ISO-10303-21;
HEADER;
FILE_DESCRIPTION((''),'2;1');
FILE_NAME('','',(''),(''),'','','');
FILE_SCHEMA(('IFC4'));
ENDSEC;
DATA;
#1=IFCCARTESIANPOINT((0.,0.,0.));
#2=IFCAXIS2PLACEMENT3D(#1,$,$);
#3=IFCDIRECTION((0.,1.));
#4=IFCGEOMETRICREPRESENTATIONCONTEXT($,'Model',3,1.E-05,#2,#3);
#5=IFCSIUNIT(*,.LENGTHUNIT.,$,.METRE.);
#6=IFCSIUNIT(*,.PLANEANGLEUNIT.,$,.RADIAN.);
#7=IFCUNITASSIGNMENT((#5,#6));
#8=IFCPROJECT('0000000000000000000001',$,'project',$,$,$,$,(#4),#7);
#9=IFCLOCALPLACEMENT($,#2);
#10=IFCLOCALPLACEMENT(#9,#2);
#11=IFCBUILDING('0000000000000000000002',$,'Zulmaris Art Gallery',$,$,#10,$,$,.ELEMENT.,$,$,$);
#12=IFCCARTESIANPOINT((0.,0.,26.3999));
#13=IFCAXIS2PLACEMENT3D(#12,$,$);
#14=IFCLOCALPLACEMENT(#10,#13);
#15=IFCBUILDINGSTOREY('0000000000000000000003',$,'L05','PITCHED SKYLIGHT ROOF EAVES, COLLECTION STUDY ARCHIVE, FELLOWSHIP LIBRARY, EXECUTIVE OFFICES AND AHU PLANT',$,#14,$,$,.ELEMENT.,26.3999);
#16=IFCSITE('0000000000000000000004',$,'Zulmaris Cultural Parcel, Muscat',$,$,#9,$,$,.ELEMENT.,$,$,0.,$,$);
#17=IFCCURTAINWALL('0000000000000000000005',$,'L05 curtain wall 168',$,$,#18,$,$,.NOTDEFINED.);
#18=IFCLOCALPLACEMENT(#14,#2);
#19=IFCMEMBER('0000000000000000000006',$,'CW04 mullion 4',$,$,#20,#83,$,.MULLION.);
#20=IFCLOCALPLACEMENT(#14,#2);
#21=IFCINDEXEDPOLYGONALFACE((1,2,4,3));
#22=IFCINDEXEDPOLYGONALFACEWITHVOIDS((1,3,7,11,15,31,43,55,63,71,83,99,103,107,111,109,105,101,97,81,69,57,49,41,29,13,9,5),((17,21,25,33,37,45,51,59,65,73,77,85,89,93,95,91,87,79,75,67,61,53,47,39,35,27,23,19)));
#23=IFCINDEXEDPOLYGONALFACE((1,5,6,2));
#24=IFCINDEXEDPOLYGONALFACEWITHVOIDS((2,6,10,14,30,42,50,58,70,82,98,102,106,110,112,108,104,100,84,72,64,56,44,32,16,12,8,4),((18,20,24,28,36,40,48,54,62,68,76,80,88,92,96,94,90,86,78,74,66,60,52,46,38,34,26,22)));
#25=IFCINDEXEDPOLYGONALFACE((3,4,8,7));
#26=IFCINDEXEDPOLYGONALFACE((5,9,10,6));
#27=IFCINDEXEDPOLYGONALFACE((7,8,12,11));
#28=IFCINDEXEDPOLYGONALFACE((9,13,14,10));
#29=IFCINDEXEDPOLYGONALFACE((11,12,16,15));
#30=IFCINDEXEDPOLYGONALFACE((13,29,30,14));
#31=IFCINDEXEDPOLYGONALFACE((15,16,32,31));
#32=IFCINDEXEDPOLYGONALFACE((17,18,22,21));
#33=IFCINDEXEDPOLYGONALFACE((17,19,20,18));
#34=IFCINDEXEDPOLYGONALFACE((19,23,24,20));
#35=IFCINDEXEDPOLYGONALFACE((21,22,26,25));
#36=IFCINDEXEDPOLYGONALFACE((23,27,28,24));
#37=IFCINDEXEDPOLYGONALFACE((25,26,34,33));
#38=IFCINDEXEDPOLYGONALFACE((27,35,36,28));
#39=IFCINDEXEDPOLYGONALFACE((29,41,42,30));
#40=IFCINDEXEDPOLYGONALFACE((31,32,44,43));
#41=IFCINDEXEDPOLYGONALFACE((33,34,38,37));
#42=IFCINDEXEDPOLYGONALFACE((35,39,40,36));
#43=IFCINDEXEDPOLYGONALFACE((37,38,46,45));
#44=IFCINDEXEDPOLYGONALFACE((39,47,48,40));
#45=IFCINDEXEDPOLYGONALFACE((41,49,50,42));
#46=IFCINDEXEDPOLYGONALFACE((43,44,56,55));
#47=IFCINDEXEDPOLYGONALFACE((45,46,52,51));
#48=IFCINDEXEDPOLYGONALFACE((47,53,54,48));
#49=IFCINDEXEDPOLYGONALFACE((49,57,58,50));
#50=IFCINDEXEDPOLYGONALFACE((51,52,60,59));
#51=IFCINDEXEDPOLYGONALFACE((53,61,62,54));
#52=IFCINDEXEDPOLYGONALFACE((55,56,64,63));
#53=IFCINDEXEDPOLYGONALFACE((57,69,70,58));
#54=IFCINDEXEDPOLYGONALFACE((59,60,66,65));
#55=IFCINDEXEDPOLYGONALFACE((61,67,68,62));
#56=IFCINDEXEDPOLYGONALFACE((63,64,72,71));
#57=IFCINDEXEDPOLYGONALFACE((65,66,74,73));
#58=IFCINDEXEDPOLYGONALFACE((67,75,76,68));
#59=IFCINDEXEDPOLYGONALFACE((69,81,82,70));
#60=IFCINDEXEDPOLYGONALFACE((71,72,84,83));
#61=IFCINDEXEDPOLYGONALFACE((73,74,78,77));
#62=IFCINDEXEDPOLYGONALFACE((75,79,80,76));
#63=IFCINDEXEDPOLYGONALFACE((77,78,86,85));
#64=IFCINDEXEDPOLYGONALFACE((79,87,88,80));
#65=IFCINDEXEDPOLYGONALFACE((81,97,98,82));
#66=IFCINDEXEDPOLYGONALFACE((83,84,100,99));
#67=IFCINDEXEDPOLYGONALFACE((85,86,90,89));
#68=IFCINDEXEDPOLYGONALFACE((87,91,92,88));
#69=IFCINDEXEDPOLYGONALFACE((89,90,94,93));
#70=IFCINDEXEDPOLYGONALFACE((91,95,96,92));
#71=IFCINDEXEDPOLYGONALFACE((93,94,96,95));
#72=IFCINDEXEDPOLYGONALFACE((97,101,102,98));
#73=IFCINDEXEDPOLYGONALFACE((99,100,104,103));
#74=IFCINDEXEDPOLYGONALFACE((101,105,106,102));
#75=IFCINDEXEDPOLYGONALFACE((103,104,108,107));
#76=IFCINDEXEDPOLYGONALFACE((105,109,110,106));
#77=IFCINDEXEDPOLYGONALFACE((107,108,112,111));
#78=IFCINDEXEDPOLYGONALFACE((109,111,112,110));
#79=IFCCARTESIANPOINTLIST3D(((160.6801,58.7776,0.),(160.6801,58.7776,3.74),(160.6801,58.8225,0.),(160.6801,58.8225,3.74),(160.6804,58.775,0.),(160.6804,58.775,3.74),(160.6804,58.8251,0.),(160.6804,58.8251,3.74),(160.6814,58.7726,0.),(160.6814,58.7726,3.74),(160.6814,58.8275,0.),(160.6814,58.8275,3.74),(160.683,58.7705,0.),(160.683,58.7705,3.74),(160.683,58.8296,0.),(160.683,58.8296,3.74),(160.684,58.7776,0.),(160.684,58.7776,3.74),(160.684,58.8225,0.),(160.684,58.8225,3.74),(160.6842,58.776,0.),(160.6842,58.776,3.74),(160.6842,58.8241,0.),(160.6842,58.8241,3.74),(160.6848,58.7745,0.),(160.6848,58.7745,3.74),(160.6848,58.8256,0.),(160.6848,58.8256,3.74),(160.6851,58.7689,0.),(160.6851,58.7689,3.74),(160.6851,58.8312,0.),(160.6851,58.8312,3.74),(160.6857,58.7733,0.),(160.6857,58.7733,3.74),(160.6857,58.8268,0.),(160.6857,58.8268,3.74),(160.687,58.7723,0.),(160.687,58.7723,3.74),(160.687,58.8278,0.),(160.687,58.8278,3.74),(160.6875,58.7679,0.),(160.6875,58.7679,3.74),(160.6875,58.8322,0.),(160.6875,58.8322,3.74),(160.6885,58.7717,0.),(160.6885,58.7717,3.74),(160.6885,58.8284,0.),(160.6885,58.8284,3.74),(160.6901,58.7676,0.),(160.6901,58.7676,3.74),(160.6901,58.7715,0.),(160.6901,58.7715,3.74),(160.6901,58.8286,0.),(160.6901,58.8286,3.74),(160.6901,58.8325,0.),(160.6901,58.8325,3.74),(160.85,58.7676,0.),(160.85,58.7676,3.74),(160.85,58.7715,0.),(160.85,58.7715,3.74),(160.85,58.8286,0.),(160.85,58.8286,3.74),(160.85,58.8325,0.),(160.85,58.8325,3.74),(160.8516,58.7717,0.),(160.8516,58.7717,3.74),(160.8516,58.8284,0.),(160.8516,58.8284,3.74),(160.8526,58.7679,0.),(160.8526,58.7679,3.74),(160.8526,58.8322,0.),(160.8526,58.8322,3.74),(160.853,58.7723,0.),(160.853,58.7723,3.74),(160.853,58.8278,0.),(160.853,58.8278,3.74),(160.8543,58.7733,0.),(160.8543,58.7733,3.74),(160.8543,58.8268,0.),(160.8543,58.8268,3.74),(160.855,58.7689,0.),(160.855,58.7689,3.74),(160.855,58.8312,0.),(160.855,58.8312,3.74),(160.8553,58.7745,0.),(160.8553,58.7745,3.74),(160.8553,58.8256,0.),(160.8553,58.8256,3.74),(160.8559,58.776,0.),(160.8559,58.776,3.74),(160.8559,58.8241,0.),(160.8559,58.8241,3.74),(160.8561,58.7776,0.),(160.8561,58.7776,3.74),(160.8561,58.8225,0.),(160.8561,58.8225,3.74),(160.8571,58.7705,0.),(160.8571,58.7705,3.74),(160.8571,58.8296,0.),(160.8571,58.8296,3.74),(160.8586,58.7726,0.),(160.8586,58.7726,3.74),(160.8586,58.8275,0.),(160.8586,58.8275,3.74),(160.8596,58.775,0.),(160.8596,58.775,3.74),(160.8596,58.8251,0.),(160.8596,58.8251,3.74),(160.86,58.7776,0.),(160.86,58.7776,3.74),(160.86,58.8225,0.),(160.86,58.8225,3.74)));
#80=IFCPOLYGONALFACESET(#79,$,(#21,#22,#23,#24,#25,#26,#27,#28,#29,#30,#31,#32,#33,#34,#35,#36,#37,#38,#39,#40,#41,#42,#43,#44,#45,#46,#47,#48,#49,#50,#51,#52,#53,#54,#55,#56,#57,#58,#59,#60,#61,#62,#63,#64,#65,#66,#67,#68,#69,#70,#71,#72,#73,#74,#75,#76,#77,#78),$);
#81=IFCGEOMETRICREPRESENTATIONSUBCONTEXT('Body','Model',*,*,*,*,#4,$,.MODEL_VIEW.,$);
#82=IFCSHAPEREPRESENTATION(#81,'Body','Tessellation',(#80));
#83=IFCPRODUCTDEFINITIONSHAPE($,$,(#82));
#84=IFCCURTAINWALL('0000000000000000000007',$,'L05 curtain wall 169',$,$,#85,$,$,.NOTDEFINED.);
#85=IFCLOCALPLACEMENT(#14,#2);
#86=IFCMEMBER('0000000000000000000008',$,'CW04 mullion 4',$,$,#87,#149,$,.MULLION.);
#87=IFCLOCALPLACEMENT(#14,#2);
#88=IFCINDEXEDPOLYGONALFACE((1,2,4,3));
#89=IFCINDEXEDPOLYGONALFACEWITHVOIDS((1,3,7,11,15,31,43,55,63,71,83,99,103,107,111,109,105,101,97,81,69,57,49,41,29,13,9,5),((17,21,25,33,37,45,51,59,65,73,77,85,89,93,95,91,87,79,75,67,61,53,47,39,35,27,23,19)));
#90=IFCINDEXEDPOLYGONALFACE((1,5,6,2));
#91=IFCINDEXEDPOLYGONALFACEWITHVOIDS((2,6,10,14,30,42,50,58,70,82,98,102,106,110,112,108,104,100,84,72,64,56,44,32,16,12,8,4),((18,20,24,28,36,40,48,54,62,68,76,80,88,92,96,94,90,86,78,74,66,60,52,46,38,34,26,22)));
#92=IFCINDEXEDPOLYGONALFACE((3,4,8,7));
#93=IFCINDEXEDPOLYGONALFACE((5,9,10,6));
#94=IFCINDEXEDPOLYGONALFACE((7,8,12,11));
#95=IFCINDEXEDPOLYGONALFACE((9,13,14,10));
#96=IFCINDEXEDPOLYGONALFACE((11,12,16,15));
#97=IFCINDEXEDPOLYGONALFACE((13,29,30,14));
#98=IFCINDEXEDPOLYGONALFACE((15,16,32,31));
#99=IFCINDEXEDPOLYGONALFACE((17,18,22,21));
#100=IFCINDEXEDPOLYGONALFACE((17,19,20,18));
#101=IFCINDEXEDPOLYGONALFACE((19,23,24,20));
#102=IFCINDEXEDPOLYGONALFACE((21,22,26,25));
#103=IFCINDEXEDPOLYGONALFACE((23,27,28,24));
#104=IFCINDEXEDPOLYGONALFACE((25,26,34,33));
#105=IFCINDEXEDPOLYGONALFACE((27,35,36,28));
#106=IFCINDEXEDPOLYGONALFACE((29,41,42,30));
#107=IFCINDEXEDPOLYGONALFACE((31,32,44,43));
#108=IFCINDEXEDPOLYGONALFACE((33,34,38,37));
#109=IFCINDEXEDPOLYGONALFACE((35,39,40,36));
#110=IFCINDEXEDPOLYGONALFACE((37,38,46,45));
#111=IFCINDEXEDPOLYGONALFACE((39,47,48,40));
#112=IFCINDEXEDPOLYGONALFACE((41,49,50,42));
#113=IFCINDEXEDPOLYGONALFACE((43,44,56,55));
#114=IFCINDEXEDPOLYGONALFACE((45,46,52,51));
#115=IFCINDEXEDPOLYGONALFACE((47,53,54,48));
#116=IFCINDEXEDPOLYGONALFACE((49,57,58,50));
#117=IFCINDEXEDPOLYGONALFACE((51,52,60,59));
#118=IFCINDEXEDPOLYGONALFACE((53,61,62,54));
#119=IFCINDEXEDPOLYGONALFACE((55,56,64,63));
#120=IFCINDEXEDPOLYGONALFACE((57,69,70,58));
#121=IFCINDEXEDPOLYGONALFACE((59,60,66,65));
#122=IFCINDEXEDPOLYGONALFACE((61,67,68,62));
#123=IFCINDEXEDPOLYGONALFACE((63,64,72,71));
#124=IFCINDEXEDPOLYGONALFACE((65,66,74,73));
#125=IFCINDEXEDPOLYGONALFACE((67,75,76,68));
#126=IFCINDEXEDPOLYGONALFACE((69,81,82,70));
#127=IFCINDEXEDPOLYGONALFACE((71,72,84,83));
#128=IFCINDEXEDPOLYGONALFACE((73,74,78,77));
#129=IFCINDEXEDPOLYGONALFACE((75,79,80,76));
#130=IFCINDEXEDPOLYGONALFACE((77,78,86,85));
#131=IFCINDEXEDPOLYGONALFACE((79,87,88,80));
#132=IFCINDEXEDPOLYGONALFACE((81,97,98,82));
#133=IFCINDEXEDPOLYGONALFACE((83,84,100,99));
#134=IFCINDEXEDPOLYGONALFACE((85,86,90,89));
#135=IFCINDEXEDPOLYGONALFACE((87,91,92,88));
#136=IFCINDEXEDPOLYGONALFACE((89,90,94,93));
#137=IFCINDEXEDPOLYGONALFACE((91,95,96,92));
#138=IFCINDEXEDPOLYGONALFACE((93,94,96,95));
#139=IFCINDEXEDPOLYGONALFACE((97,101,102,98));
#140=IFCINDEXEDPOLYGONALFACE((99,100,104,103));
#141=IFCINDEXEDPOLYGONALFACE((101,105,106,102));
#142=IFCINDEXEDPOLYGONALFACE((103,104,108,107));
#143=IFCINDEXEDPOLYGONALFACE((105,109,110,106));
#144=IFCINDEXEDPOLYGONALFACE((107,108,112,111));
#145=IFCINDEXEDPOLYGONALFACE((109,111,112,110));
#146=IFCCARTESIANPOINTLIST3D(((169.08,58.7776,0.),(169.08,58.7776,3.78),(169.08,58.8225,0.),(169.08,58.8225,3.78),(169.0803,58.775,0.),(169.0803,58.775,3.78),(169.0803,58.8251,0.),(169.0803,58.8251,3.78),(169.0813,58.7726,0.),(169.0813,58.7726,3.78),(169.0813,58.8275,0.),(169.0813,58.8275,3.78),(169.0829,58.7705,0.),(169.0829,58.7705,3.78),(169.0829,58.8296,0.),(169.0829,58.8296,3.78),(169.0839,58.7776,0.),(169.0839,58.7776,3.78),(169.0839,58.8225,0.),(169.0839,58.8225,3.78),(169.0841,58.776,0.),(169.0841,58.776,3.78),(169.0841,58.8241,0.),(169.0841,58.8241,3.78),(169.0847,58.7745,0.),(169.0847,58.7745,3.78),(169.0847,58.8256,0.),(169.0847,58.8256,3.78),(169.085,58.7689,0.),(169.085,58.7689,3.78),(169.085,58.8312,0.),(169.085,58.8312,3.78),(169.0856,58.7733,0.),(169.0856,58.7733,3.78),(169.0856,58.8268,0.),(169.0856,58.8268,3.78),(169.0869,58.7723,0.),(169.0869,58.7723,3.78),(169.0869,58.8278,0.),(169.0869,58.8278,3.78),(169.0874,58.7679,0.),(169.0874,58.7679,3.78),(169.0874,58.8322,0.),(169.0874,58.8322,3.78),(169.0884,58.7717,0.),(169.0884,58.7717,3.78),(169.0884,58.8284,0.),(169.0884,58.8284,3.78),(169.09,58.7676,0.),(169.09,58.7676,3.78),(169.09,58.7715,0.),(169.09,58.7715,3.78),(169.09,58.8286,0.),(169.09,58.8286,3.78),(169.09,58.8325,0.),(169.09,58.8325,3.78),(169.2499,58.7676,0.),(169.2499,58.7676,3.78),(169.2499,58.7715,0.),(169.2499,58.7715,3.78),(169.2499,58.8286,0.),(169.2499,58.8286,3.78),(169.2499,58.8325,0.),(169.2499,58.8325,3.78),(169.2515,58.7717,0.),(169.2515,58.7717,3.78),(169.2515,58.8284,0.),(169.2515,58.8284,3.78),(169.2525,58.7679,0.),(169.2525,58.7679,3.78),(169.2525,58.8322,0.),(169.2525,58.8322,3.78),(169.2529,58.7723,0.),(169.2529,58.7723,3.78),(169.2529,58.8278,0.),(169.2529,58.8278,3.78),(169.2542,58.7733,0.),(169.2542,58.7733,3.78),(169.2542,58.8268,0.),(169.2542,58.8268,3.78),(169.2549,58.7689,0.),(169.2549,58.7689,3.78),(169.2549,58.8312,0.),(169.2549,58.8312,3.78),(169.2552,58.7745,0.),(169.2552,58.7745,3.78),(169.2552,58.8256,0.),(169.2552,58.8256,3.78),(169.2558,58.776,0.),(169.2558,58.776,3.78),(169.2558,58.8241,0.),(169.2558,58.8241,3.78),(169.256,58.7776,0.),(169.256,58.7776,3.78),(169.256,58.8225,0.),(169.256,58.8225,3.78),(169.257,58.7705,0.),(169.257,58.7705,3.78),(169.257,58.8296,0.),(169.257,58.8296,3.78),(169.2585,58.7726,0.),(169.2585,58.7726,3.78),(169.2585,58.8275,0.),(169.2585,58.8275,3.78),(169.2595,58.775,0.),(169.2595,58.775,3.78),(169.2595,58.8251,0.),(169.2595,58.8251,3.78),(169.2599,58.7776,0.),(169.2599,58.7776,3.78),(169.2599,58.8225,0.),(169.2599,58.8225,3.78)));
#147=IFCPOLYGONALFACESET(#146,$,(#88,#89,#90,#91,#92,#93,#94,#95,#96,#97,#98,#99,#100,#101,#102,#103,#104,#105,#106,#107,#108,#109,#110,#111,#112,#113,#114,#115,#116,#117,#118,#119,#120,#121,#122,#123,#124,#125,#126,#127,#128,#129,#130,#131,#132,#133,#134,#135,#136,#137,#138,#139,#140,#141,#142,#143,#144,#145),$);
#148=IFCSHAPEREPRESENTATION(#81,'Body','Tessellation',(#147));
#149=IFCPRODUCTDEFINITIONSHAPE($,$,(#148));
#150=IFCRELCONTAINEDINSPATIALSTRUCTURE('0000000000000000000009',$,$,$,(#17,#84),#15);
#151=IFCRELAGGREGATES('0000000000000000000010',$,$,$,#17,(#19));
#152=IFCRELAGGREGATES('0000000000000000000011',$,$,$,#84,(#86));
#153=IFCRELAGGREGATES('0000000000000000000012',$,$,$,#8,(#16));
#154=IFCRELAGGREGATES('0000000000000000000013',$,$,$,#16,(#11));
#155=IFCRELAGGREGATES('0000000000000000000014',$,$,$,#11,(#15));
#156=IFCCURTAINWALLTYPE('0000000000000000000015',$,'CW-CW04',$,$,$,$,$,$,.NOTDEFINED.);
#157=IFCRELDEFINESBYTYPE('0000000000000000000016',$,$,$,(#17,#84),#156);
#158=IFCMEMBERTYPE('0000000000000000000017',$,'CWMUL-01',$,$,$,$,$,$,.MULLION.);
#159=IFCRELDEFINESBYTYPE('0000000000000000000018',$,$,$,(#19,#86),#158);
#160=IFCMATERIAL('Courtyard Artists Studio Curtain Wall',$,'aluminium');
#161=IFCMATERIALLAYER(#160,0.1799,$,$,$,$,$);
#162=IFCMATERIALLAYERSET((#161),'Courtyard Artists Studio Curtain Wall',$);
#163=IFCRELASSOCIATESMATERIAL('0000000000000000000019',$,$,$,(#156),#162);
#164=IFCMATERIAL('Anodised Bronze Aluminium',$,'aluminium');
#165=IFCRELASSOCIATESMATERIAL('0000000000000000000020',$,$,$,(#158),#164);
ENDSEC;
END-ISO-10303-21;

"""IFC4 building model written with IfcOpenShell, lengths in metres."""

from ifc_helpers import new_model, si_unit, direction, frame, origin, origin_2d, place, context, subcontext, project, spatial, hollow_rectangle, extrude, material, layer, layer_set, material_profile, profile_set, type_object, element, aggregate, save


model = new_model("IFC4")

# Units and contexts
model_context = context("Model", 3, precision=1e-05, world=origin(), true_north=direction((0.0, 1.0)))
body_context = subcontext(model_context, "Body", "Model", "MODEL_VIEW")
ifc_project = project(units=[si_unit("LENGTHUNIT", "METRE"), si_unit("PLANEANGLEUNIT", "RADIAN")], contexts=[model_context])

# Site, building, storey
site_placement = place(None, origin())
site = spatial("IfcSite", under=ifc_project, at=site_placement, Name="Zulmaris Cultural Parcel, Muscat", CompositionType="ELEMENT", RefElevation=0.0)
building_placement = place(site_placement, origin())
building = spatial("IfcBuilding", under=site, at=building_placement, Name="Zulmaris Art Gallery", CompositionType="ELEMENT")
storey_placement = place(building_placement, frame((0.0, 0.0, 26.3999)))
storey = spatial("IfcBuildingStorey", under=building, at=storey_placement, Name="L05", Description="PITCHED SKYLIGHT ROOF EAVES, COLLECTION STUDY ARCHIVE, FELLOWSHIP LIBRARY, EXECUTIVE OFFICES AND AHU PLANT", CompositionType="ELEMENT", Elevation=26.3999)

# Curtain walls, members
ifc_material_1 = material(Name="Courtyard Artists Studio Curtain Wall", Category="aluminium")
ifc_layer_1 = layer(ifc_material_1, 0.1799)
ifc_layer_set_1 = layer_set([ifc_layer_1], Name="Courtyard Artists Studio Curtain Wall")
curtain_wall_type = type_object("IfcCurtainWallType", Name="CW-CW04", PredefinedType="NOTDEFINED", material=ifc_layer_set_1)
curtain_wall_1_placement = place(storey_placement, origin())
curtain_wall_1 = element("IfcCurtainWall", 1, at=curtain_wall_1_placement, inside=storey, type_object=curtain_wall_type, Name="L05 curtain wall 168", PredefinedType="NOTDEFINED")
ifc_material_2 = material(Name="Anodised Bronze Aluminium", Category="aluminium")
ifc_material_profile_1 = material_profile(ifc_material_2, hollow_rectangle(XDim=0.0649, YDim=0.1799, WallThickness=0.0039, InnerFilletRadius=0.0061, OuterFilletRadius=0.01, at=origin_2d()), Name="ALU 65x180x4")
ifc_profile_set_1 = profile_set([ifc_material_profile_1], Name="Anodised Bronze Aluminium")
member_type_1 = type_object("IfcMemberType", Name="CWMUL-01", PredefinedType="MULLION", material=ifc_profile_set_1)
member_1_placement = place(storey_placement, frame((160.77, 58.8, 0.0), z_axis=(0.0, 0.0, 1.0), x_axis=(0.0, -1.0, 0.0)))
member_1 = element("IfcMember", 2, at=member_1_placement, type_object=member_type_1, Name="CW04 mullion 4", PredefinedType="MULLION", context=body_context, shape_type="SweptSolid", body=[
    extrude(hollow_rectangle(XDim=0.0649, YDim=0.1799, WallThickness=0.0039, InnerFilletRadius=0.0061, OuterFilletRadius=0.01, at=origin_2d()), origin(), (0.0, 0.0, 1.0), 3.74),
])
curtain_wall_2_placement = place(storey_placement, origin())
curtain_wall_2 = element("IfcCurtainWall", 3, at=curtain_wall_2_placement, inside=storey, type_object=curtain_wall_type, Name="L05 curtain wall 169", PredefinedType="NOTDEFINED")
member_2_placement = place(storey_placement, frame((169.1699, 58.8, 0.0), z_axis=(0.0, 0.0, 1.0), x_axis=(0.0, -1.0, 0.0)))
member_2 = element("IfcMember", 4, at=member_2_placement, type_object=member_type_1, Name="CW04 mullion 4", PredefinedType="MULLION", context=body_context, shape_type="SweptSolid", body=[
    extrude(hollow_rectangle(XDim=0.0649, YDim=0.1799, WallThickness=0.0039, InnerFilletRadius=0.0061, OuterFilletRadius=0.01, at=origin_2d()), origin(), (0.0, 0.0, 1.0), 3.78),
])

aggregate(curtain_wall_1, [member_1])
aggregate(curtain_wall_2, [member_2])

save(model, "model.ifc")
